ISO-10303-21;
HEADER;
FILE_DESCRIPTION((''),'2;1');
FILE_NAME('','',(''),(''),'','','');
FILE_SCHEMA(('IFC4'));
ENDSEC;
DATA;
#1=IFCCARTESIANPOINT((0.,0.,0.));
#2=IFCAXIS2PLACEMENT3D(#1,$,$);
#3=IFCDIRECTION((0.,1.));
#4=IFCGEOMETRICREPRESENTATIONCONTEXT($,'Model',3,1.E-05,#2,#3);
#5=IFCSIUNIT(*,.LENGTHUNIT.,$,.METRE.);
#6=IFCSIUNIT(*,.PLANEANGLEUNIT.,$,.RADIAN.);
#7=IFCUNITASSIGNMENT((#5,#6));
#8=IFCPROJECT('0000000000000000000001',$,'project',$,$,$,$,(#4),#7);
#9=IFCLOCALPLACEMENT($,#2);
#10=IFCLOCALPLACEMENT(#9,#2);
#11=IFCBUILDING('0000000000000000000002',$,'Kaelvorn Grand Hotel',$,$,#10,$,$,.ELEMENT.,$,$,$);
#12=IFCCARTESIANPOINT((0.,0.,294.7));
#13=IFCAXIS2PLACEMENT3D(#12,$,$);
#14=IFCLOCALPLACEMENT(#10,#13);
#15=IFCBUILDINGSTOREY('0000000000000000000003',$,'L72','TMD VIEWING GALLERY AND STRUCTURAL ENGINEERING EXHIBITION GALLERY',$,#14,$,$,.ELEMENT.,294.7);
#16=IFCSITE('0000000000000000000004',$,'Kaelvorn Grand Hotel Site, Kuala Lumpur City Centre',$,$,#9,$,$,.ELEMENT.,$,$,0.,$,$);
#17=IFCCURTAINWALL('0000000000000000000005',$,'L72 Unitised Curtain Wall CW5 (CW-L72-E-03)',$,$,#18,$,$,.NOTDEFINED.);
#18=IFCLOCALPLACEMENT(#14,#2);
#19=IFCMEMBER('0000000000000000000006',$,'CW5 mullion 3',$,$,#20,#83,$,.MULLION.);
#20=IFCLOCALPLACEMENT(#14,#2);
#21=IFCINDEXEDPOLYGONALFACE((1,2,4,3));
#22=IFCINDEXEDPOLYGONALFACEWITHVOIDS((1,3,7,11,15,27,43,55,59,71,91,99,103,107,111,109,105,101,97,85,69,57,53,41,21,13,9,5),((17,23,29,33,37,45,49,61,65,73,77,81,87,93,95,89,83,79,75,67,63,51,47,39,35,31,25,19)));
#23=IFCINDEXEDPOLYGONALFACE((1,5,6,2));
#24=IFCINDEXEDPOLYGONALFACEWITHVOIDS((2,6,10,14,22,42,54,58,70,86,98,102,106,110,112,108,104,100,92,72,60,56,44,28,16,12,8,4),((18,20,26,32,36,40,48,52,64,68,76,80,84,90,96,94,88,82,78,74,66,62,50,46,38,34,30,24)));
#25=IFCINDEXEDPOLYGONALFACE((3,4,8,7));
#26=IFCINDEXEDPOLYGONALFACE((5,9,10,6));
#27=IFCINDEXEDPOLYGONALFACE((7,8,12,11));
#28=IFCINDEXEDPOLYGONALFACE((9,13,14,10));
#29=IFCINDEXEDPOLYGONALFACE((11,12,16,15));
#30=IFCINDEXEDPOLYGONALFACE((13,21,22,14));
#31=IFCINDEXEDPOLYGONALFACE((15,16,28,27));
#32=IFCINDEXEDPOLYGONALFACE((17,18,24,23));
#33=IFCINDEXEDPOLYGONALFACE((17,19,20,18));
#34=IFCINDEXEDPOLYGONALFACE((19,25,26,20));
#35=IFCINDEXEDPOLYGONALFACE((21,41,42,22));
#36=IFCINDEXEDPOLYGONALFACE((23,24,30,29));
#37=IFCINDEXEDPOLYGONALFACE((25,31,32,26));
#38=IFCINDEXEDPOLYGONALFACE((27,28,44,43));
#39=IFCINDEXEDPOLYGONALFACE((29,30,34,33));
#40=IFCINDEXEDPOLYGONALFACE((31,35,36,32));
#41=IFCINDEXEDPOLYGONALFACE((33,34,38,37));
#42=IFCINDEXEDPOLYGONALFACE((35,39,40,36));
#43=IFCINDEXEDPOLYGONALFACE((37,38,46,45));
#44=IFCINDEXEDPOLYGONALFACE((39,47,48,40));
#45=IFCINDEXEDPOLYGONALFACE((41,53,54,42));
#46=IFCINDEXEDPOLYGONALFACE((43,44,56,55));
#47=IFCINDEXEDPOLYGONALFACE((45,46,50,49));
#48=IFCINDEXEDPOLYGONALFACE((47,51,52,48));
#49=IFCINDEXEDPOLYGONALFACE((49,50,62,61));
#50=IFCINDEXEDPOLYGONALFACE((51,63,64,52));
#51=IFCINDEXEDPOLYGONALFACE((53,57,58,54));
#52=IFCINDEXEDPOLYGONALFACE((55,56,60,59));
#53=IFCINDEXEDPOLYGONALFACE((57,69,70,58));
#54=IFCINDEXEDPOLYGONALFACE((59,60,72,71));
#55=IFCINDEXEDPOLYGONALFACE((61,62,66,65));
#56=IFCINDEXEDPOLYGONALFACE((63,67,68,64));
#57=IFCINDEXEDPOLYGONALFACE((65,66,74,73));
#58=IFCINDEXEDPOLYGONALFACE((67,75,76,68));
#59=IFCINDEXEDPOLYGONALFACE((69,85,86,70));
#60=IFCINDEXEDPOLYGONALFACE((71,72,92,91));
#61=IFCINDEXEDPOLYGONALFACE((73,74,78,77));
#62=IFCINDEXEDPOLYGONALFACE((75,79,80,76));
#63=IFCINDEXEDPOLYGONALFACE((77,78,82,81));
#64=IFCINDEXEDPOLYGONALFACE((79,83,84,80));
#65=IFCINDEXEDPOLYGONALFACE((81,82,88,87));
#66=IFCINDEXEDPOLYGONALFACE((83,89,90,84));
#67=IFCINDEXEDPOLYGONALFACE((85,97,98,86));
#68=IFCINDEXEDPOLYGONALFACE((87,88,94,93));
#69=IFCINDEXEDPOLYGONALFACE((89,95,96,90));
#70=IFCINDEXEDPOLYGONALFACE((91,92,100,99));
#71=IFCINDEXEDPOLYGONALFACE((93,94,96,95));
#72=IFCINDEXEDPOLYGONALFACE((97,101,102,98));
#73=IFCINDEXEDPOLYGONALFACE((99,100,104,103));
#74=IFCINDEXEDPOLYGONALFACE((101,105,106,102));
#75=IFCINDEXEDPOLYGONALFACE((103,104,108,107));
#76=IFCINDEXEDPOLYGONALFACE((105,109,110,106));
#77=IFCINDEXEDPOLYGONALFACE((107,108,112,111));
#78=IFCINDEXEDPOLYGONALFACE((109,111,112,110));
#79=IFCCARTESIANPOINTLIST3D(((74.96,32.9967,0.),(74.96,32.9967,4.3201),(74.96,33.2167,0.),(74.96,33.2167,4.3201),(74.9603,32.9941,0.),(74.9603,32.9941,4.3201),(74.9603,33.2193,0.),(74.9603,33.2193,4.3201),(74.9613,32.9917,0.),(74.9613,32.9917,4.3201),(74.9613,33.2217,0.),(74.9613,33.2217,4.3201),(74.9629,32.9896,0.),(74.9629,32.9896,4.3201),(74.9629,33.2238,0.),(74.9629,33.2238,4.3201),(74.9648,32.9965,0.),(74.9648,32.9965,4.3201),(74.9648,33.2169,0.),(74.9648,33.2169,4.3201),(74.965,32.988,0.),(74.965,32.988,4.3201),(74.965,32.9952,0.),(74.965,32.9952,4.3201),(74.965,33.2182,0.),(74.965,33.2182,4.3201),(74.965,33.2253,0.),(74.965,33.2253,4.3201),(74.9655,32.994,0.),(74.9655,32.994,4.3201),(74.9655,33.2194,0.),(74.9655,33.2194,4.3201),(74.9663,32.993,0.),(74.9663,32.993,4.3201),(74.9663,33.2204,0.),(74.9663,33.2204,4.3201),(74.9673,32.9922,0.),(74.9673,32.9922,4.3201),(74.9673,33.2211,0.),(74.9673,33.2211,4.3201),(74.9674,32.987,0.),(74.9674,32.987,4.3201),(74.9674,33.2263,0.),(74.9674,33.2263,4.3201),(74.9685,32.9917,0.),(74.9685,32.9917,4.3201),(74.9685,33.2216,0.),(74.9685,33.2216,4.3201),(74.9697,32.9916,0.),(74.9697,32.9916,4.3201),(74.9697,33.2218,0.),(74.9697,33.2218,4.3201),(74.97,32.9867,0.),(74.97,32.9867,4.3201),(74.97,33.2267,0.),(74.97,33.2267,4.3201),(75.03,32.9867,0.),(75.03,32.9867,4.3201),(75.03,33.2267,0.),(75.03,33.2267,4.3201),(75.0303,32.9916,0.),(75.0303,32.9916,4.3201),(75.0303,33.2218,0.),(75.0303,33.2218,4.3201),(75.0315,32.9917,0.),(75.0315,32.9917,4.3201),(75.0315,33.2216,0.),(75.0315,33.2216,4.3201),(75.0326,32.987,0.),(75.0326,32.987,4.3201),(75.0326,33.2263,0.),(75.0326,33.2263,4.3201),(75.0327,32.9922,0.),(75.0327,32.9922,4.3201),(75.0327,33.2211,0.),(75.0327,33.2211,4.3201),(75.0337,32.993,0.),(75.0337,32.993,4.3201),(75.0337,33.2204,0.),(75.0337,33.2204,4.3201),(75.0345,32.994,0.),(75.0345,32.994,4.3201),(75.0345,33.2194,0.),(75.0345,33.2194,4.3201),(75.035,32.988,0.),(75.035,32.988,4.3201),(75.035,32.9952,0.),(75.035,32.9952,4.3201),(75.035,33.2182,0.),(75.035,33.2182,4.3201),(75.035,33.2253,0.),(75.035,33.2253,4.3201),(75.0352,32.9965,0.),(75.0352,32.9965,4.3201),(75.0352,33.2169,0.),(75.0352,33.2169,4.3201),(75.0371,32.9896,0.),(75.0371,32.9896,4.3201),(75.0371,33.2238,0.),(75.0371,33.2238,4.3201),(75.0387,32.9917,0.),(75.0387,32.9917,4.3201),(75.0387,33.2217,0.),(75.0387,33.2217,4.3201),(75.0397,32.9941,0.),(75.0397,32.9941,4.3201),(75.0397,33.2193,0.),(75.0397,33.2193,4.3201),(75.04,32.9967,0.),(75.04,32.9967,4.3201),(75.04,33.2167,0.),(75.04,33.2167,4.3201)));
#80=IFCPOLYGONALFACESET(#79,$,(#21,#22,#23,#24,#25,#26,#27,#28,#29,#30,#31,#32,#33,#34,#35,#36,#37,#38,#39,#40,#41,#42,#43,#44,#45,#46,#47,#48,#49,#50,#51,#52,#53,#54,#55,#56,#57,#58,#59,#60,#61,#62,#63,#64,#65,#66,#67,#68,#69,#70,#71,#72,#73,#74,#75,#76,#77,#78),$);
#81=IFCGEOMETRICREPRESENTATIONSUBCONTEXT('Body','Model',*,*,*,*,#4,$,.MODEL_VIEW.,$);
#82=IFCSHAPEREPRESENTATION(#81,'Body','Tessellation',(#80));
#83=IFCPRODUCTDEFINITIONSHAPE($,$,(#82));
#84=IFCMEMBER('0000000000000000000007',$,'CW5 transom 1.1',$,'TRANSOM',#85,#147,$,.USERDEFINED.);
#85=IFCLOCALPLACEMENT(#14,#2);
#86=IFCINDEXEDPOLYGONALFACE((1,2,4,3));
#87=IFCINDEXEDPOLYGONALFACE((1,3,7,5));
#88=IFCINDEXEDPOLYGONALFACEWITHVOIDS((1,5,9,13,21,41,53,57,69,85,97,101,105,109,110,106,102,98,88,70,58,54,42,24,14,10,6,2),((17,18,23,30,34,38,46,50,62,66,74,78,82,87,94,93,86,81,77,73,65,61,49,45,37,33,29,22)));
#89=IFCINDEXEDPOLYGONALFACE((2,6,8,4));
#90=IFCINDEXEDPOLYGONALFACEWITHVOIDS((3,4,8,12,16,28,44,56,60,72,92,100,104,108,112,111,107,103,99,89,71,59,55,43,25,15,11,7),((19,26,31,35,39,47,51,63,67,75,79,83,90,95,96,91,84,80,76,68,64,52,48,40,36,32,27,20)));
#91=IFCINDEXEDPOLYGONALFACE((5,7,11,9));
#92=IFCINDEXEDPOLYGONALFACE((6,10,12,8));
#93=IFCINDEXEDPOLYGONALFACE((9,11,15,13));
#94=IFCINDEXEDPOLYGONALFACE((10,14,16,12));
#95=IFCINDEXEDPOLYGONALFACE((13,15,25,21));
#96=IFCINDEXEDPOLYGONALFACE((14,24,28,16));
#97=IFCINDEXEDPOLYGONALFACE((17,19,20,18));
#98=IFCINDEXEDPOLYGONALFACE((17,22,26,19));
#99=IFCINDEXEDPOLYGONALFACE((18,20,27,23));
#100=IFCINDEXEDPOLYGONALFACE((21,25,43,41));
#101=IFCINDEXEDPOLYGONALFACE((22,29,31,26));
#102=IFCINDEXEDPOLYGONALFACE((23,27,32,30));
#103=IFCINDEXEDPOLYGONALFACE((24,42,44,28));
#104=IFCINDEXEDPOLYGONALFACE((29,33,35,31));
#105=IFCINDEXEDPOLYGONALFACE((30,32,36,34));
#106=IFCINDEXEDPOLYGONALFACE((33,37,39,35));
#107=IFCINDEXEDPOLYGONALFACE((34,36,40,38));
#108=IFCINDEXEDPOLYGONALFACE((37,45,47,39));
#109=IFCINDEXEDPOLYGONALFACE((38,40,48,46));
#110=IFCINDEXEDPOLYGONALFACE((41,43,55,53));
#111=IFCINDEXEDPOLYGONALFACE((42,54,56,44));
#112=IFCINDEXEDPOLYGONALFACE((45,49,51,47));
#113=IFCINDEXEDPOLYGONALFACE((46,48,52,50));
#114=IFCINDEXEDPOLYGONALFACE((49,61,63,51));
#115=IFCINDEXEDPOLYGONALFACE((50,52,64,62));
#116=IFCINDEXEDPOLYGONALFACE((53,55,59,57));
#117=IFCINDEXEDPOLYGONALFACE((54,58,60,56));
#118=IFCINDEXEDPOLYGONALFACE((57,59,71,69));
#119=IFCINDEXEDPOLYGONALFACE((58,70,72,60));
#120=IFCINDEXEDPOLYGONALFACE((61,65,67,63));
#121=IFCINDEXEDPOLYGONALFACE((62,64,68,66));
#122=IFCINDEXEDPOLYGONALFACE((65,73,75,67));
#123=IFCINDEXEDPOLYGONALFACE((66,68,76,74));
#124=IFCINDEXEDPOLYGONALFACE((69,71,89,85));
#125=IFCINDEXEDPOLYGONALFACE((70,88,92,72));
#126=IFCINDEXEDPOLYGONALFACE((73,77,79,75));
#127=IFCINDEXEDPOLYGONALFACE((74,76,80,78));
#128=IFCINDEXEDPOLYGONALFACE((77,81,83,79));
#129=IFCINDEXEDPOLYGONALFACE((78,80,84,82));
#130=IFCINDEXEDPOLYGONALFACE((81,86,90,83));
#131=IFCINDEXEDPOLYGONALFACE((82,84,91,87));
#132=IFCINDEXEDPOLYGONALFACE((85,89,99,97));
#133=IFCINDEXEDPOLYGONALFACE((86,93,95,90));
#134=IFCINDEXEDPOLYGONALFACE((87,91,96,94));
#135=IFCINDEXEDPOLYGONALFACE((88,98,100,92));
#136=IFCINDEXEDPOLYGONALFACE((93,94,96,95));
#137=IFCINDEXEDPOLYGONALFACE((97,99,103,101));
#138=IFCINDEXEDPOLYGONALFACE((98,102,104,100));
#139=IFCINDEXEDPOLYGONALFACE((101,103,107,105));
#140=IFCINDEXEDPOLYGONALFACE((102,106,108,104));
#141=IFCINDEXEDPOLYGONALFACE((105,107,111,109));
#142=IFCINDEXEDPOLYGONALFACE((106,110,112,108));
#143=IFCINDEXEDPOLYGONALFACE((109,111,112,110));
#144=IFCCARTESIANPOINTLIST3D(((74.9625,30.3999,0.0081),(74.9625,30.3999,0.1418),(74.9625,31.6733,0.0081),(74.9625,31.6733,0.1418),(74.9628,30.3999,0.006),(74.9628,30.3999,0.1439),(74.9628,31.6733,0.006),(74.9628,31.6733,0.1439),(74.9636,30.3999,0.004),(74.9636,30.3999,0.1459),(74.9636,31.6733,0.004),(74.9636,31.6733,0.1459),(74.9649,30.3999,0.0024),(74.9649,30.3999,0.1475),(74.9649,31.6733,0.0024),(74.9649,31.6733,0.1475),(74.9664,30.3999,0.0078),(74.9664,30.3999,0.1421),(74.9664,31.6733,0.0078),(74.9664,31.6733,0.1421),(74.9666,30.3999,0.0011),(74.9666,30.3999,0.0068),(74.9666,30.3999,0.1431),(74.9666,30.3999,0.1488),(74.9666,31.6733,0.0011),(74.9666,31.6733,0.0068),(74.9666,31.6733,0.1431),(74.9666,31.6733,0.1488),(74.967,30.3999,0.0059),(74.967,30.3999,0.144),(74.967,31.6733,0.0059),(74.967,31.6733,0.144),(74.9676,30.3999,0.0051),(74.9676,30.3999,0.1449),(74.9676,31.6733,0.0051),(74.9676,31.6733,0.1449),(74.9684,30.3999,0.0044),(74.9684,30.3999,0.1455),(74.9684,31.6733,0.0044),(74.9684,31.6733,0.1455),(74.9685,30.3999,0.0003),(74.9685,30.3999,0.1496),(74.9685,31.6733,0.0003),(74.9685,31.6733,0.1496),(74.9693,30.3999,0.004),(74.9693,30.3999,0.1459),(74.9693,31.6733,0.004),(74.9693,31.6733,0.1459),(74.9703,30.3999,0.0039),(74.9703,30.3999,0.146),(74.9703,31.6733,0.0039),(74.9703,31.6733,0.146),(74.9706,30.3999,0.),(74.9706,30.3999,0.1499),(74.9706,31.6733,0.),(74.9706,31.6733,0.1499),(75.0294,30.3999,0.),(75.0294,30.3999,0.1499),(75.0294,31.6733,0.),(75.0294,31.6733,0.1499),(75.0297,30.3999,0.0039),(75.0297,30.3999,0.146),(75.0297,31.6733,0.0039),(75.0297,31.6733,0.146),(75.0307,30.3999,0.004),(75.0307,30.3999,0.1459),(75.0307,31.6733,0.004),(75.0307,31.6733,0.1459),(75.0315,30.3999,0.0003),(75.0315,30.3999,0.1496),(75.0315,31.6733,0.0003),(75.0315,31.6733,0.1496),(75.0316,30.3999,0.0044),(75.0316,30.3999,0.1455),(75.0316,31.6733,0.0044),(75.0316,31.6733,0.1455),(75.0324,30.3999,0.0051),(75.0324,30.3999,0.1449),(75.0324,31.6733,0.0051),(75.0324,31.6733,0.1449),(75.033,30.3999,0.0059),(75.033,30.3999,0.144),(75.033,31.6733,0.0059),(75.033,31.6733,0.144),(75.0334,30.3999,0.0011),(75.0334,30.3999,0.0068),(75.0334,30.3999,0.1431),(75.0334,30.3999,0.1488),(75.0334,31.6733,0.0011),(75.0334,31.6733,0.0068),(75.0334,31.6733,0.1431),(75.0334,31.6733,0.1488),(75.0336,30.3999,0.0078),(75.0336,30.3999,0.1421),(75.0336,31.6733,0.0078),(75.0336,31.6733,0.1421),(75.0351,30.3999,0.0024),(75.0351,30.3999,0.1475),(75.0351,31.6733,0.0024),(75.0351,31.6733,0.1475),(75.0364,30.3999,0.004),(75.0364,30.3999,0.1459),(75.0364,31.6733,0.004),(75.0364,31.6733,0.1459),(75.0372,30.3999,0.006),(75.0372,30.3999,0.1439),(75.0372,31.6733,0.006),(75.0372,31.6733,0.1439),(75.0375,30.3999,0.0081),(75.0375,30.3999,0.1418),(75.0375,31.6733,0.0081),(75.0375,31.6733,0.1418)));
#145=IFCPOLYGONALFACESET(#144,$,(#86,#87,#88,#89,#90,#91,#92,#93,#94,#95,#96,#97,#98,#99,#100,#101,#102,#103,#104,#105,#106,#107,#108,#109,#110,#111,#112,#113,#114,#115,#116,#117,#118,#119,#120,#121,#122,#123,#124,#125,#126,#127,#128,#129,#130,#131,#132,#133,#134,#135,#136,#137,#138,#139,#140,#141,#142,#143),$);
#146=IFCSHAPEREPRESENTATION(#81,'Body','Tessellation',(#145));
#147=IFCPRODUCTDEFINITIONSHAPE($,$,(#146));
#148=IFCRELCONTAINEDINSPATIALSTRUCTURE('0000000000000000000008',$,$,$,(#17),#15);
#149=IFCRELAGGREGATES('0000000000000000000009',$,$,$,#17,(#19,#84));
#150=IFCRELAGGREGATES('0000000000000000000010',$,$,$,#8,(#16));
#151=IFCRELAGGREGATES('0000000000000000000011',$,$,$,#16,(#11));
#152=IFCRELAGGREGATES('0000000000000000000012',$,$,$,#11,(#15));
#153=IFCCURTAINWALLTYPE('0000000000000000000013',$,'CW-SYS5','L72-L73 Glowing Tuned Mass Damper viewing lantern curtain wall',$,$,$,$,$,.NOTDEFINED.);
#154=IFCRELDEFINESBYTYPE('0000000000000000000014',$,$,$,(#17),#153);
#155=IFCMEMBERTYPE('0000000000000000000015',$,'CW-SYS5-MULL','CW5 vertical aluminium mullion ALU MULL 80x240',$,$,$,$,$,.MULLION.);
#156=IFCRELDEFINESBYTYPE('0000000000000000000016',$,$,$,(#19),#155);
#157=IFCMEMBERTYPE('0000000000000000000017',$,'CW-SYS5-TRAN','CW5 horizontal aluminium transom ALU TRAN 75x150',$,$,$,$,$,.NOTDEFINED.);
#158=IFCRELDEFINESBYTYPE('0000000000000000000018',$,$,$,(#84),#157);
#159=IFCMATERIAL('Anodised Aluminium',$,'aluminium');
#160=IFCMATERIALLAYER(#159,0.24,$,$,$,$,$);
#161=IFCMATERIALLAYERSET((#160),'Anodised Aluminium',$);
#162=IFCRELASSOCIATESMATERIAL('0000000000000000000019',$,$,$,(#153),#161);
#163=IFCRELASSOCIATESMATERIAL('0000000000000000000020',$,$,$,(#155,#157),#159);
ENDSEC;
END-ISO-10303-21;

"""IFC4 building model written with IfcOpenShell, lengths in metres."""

from ifc_helpers import new_model, si_unit, direction, frame, origin, origin_2d, place, context, subcontext, project, spatial, hollow_rectangle, extrude, material, layer, layer_set, material_profile, profile_set, type_object, element, aggregate, save


model = new_model("IFC4")

# Units and contexts
model_context = context("Model", 3, precision=1e-05, world=origin(), true_north=direction((0.0, 1.0)))
body_context = subcontext(model_context, "Body", "Model", "MODEL_VIEW")
ifc_project = project(units=[si_unit("LENGTHUNIT", "METRE"), si_unit("PLANEANGLEUNIT", "RADIAN")], contexts=[model_context])

# Site, building, storey
site_placement = place(None, origin())
site = spatial("IfcSite", under=ifc_project, at=site_placement, Name="Kaelvorn Grand Hotel Site, Kuala Lumpur City Centre", CompositionType="ELEMENT", RefElevation=0.0)
building_placement = place(site_placement, origin())
building = spatial("IfcBuilding", under=site, at=building_placement, Name="Kaelvorn Grand Hotel", CompositionType="ELEMENT")
storey_placement = place(building_placement, frame((0.0, 0.0, 294.7)))
storey = spatial("IfcBuildingStorey", under=building, at=storey_placement, Name="L72", Description="TMD VIEWING GALLERY AND STRUCTURAL ENGINEERING EXHIBITION GALLERY", CompositionType="ELEMENT", Elevation=294.7)

# Shared definitions
ifc_material_1 = material(Name="Anodised Aluminium", Category="aluminium")
ifc_layer_1 = layer(ifc_material_1, 0.24)
ifc_layer_set_1 = layer_set([ifc_layer_1], Name="Anodised Aluminium")
curtain_wall_type = type_object("IfcCurtainWallType", Name="CW-SYS5", Description="L72-L73 Glowing Tuned Mass Damper viewing lantern curtain wall", PredefinedType="NOTDEFINED", material=ifc_layer_set_1)
ifc_material_profile_1 = material_profile(ifc_material_1, hollow_rectangle(XDim=0.0801, YDim=0.24, WallThickness=0.0049, InnerFilletRadius=0.0049, OuterFilletRadius=0.01, at=origin_2d()), Name="ALU MULL 80x240")
ifc_profile_set_1 = profile_set([ifc_material_profile_1], Name="Anodised Aluminium")
member_type_1 = type_object("IfcMemberType", Name="CW-SYS5-MULL", Description="CW5 vertical aluminium mullion ALU MULL 80x240", PredefinedType="MULLION", material=ifc_profile_set_1)

# Curtain wall, members
curtain_wall_1_placement = place(storey_placement, origin())
curtain_wall_1 = element("IfcCurtainWall", 1, at=curtain_wall_1_placement, inside=storey, type_object=curtain_wall_type, Name="L72 Unitised Curtain Wall CW5 (CW-L72-E-03)", PredefinedType="NOTDEFINED")
member_1_placement = place(storey_placement, frame((75.0, 33.1067, 0.0), z_axis=(0.0, 0.0, 1.0), x_axis=(-1.0, 0.0, 0.0)))
member_1 = element("IfcMember", 2, at=member_1_placement, type_object=member_type_1, Name="CW5 mullion 3", PredefinedType="MULLION", context=body_context, shape_type="SweptSolid", body=[
    extrude(hollow_rectangle(XDim=0.0801, YDim=0.24, WallThickness=0.0049, InnerFilletRadius=0.0049, OuterFilletRadius=0.01, at=origin_2d()), origin(), (0.0, 0.0, 1.0), 4.3201),
])
ifc_material_profile_2 = material_profile(ifc_material_1, hollow_rectangle(XDim=0.075, YDim=0.1499, WallThickness=0.0039, InnerFilletRadius=0.0039, OuterFilletRadius=0.0081, at=origin_2d()), Name="ALU TRAN 75x150")
ifc_profile_set_2 = profile_set([ifc_material_profile_2], Name="Anodised Aluminium")
member_type_2 = type_object("IfcMemberType", Name="CW-SYS5-TRAN", Description="CW5 horizontal aluminium transom ALU TRAN 75x150", PredefinedType="NOTDEFINED", material=ifc_profile_set_2)
member_2_placement = place(storey_placement, frame((75.0, 30.3999, 0.075), z_axis=(0.0, 1.0, 0.0), x_axis=(-1.0, 0.0, 0.0)))
member_2 = element("IfcMember", 3, at=member_2_placement, type_object=member_type_2, Name="CW5 transom 1.1", ObjectType="TRANSOM", PredefinedType="USERDEFINED", context=body_context, shape_type="SweptSolid", body=[
    extrude(hollow_rectangle(XDim=0.075, YDim=0.1499, WallThickness=0.0039, InnerFilletRadius=0.0039, OuterFilletRadius=0.0081, at=origin_2d()), origin(), (0.0, 0.0, 1.0), 1.2734),
])

aggregate(curtain_wall_1, [member_1, member_2])

save(model, "model.ifc")
